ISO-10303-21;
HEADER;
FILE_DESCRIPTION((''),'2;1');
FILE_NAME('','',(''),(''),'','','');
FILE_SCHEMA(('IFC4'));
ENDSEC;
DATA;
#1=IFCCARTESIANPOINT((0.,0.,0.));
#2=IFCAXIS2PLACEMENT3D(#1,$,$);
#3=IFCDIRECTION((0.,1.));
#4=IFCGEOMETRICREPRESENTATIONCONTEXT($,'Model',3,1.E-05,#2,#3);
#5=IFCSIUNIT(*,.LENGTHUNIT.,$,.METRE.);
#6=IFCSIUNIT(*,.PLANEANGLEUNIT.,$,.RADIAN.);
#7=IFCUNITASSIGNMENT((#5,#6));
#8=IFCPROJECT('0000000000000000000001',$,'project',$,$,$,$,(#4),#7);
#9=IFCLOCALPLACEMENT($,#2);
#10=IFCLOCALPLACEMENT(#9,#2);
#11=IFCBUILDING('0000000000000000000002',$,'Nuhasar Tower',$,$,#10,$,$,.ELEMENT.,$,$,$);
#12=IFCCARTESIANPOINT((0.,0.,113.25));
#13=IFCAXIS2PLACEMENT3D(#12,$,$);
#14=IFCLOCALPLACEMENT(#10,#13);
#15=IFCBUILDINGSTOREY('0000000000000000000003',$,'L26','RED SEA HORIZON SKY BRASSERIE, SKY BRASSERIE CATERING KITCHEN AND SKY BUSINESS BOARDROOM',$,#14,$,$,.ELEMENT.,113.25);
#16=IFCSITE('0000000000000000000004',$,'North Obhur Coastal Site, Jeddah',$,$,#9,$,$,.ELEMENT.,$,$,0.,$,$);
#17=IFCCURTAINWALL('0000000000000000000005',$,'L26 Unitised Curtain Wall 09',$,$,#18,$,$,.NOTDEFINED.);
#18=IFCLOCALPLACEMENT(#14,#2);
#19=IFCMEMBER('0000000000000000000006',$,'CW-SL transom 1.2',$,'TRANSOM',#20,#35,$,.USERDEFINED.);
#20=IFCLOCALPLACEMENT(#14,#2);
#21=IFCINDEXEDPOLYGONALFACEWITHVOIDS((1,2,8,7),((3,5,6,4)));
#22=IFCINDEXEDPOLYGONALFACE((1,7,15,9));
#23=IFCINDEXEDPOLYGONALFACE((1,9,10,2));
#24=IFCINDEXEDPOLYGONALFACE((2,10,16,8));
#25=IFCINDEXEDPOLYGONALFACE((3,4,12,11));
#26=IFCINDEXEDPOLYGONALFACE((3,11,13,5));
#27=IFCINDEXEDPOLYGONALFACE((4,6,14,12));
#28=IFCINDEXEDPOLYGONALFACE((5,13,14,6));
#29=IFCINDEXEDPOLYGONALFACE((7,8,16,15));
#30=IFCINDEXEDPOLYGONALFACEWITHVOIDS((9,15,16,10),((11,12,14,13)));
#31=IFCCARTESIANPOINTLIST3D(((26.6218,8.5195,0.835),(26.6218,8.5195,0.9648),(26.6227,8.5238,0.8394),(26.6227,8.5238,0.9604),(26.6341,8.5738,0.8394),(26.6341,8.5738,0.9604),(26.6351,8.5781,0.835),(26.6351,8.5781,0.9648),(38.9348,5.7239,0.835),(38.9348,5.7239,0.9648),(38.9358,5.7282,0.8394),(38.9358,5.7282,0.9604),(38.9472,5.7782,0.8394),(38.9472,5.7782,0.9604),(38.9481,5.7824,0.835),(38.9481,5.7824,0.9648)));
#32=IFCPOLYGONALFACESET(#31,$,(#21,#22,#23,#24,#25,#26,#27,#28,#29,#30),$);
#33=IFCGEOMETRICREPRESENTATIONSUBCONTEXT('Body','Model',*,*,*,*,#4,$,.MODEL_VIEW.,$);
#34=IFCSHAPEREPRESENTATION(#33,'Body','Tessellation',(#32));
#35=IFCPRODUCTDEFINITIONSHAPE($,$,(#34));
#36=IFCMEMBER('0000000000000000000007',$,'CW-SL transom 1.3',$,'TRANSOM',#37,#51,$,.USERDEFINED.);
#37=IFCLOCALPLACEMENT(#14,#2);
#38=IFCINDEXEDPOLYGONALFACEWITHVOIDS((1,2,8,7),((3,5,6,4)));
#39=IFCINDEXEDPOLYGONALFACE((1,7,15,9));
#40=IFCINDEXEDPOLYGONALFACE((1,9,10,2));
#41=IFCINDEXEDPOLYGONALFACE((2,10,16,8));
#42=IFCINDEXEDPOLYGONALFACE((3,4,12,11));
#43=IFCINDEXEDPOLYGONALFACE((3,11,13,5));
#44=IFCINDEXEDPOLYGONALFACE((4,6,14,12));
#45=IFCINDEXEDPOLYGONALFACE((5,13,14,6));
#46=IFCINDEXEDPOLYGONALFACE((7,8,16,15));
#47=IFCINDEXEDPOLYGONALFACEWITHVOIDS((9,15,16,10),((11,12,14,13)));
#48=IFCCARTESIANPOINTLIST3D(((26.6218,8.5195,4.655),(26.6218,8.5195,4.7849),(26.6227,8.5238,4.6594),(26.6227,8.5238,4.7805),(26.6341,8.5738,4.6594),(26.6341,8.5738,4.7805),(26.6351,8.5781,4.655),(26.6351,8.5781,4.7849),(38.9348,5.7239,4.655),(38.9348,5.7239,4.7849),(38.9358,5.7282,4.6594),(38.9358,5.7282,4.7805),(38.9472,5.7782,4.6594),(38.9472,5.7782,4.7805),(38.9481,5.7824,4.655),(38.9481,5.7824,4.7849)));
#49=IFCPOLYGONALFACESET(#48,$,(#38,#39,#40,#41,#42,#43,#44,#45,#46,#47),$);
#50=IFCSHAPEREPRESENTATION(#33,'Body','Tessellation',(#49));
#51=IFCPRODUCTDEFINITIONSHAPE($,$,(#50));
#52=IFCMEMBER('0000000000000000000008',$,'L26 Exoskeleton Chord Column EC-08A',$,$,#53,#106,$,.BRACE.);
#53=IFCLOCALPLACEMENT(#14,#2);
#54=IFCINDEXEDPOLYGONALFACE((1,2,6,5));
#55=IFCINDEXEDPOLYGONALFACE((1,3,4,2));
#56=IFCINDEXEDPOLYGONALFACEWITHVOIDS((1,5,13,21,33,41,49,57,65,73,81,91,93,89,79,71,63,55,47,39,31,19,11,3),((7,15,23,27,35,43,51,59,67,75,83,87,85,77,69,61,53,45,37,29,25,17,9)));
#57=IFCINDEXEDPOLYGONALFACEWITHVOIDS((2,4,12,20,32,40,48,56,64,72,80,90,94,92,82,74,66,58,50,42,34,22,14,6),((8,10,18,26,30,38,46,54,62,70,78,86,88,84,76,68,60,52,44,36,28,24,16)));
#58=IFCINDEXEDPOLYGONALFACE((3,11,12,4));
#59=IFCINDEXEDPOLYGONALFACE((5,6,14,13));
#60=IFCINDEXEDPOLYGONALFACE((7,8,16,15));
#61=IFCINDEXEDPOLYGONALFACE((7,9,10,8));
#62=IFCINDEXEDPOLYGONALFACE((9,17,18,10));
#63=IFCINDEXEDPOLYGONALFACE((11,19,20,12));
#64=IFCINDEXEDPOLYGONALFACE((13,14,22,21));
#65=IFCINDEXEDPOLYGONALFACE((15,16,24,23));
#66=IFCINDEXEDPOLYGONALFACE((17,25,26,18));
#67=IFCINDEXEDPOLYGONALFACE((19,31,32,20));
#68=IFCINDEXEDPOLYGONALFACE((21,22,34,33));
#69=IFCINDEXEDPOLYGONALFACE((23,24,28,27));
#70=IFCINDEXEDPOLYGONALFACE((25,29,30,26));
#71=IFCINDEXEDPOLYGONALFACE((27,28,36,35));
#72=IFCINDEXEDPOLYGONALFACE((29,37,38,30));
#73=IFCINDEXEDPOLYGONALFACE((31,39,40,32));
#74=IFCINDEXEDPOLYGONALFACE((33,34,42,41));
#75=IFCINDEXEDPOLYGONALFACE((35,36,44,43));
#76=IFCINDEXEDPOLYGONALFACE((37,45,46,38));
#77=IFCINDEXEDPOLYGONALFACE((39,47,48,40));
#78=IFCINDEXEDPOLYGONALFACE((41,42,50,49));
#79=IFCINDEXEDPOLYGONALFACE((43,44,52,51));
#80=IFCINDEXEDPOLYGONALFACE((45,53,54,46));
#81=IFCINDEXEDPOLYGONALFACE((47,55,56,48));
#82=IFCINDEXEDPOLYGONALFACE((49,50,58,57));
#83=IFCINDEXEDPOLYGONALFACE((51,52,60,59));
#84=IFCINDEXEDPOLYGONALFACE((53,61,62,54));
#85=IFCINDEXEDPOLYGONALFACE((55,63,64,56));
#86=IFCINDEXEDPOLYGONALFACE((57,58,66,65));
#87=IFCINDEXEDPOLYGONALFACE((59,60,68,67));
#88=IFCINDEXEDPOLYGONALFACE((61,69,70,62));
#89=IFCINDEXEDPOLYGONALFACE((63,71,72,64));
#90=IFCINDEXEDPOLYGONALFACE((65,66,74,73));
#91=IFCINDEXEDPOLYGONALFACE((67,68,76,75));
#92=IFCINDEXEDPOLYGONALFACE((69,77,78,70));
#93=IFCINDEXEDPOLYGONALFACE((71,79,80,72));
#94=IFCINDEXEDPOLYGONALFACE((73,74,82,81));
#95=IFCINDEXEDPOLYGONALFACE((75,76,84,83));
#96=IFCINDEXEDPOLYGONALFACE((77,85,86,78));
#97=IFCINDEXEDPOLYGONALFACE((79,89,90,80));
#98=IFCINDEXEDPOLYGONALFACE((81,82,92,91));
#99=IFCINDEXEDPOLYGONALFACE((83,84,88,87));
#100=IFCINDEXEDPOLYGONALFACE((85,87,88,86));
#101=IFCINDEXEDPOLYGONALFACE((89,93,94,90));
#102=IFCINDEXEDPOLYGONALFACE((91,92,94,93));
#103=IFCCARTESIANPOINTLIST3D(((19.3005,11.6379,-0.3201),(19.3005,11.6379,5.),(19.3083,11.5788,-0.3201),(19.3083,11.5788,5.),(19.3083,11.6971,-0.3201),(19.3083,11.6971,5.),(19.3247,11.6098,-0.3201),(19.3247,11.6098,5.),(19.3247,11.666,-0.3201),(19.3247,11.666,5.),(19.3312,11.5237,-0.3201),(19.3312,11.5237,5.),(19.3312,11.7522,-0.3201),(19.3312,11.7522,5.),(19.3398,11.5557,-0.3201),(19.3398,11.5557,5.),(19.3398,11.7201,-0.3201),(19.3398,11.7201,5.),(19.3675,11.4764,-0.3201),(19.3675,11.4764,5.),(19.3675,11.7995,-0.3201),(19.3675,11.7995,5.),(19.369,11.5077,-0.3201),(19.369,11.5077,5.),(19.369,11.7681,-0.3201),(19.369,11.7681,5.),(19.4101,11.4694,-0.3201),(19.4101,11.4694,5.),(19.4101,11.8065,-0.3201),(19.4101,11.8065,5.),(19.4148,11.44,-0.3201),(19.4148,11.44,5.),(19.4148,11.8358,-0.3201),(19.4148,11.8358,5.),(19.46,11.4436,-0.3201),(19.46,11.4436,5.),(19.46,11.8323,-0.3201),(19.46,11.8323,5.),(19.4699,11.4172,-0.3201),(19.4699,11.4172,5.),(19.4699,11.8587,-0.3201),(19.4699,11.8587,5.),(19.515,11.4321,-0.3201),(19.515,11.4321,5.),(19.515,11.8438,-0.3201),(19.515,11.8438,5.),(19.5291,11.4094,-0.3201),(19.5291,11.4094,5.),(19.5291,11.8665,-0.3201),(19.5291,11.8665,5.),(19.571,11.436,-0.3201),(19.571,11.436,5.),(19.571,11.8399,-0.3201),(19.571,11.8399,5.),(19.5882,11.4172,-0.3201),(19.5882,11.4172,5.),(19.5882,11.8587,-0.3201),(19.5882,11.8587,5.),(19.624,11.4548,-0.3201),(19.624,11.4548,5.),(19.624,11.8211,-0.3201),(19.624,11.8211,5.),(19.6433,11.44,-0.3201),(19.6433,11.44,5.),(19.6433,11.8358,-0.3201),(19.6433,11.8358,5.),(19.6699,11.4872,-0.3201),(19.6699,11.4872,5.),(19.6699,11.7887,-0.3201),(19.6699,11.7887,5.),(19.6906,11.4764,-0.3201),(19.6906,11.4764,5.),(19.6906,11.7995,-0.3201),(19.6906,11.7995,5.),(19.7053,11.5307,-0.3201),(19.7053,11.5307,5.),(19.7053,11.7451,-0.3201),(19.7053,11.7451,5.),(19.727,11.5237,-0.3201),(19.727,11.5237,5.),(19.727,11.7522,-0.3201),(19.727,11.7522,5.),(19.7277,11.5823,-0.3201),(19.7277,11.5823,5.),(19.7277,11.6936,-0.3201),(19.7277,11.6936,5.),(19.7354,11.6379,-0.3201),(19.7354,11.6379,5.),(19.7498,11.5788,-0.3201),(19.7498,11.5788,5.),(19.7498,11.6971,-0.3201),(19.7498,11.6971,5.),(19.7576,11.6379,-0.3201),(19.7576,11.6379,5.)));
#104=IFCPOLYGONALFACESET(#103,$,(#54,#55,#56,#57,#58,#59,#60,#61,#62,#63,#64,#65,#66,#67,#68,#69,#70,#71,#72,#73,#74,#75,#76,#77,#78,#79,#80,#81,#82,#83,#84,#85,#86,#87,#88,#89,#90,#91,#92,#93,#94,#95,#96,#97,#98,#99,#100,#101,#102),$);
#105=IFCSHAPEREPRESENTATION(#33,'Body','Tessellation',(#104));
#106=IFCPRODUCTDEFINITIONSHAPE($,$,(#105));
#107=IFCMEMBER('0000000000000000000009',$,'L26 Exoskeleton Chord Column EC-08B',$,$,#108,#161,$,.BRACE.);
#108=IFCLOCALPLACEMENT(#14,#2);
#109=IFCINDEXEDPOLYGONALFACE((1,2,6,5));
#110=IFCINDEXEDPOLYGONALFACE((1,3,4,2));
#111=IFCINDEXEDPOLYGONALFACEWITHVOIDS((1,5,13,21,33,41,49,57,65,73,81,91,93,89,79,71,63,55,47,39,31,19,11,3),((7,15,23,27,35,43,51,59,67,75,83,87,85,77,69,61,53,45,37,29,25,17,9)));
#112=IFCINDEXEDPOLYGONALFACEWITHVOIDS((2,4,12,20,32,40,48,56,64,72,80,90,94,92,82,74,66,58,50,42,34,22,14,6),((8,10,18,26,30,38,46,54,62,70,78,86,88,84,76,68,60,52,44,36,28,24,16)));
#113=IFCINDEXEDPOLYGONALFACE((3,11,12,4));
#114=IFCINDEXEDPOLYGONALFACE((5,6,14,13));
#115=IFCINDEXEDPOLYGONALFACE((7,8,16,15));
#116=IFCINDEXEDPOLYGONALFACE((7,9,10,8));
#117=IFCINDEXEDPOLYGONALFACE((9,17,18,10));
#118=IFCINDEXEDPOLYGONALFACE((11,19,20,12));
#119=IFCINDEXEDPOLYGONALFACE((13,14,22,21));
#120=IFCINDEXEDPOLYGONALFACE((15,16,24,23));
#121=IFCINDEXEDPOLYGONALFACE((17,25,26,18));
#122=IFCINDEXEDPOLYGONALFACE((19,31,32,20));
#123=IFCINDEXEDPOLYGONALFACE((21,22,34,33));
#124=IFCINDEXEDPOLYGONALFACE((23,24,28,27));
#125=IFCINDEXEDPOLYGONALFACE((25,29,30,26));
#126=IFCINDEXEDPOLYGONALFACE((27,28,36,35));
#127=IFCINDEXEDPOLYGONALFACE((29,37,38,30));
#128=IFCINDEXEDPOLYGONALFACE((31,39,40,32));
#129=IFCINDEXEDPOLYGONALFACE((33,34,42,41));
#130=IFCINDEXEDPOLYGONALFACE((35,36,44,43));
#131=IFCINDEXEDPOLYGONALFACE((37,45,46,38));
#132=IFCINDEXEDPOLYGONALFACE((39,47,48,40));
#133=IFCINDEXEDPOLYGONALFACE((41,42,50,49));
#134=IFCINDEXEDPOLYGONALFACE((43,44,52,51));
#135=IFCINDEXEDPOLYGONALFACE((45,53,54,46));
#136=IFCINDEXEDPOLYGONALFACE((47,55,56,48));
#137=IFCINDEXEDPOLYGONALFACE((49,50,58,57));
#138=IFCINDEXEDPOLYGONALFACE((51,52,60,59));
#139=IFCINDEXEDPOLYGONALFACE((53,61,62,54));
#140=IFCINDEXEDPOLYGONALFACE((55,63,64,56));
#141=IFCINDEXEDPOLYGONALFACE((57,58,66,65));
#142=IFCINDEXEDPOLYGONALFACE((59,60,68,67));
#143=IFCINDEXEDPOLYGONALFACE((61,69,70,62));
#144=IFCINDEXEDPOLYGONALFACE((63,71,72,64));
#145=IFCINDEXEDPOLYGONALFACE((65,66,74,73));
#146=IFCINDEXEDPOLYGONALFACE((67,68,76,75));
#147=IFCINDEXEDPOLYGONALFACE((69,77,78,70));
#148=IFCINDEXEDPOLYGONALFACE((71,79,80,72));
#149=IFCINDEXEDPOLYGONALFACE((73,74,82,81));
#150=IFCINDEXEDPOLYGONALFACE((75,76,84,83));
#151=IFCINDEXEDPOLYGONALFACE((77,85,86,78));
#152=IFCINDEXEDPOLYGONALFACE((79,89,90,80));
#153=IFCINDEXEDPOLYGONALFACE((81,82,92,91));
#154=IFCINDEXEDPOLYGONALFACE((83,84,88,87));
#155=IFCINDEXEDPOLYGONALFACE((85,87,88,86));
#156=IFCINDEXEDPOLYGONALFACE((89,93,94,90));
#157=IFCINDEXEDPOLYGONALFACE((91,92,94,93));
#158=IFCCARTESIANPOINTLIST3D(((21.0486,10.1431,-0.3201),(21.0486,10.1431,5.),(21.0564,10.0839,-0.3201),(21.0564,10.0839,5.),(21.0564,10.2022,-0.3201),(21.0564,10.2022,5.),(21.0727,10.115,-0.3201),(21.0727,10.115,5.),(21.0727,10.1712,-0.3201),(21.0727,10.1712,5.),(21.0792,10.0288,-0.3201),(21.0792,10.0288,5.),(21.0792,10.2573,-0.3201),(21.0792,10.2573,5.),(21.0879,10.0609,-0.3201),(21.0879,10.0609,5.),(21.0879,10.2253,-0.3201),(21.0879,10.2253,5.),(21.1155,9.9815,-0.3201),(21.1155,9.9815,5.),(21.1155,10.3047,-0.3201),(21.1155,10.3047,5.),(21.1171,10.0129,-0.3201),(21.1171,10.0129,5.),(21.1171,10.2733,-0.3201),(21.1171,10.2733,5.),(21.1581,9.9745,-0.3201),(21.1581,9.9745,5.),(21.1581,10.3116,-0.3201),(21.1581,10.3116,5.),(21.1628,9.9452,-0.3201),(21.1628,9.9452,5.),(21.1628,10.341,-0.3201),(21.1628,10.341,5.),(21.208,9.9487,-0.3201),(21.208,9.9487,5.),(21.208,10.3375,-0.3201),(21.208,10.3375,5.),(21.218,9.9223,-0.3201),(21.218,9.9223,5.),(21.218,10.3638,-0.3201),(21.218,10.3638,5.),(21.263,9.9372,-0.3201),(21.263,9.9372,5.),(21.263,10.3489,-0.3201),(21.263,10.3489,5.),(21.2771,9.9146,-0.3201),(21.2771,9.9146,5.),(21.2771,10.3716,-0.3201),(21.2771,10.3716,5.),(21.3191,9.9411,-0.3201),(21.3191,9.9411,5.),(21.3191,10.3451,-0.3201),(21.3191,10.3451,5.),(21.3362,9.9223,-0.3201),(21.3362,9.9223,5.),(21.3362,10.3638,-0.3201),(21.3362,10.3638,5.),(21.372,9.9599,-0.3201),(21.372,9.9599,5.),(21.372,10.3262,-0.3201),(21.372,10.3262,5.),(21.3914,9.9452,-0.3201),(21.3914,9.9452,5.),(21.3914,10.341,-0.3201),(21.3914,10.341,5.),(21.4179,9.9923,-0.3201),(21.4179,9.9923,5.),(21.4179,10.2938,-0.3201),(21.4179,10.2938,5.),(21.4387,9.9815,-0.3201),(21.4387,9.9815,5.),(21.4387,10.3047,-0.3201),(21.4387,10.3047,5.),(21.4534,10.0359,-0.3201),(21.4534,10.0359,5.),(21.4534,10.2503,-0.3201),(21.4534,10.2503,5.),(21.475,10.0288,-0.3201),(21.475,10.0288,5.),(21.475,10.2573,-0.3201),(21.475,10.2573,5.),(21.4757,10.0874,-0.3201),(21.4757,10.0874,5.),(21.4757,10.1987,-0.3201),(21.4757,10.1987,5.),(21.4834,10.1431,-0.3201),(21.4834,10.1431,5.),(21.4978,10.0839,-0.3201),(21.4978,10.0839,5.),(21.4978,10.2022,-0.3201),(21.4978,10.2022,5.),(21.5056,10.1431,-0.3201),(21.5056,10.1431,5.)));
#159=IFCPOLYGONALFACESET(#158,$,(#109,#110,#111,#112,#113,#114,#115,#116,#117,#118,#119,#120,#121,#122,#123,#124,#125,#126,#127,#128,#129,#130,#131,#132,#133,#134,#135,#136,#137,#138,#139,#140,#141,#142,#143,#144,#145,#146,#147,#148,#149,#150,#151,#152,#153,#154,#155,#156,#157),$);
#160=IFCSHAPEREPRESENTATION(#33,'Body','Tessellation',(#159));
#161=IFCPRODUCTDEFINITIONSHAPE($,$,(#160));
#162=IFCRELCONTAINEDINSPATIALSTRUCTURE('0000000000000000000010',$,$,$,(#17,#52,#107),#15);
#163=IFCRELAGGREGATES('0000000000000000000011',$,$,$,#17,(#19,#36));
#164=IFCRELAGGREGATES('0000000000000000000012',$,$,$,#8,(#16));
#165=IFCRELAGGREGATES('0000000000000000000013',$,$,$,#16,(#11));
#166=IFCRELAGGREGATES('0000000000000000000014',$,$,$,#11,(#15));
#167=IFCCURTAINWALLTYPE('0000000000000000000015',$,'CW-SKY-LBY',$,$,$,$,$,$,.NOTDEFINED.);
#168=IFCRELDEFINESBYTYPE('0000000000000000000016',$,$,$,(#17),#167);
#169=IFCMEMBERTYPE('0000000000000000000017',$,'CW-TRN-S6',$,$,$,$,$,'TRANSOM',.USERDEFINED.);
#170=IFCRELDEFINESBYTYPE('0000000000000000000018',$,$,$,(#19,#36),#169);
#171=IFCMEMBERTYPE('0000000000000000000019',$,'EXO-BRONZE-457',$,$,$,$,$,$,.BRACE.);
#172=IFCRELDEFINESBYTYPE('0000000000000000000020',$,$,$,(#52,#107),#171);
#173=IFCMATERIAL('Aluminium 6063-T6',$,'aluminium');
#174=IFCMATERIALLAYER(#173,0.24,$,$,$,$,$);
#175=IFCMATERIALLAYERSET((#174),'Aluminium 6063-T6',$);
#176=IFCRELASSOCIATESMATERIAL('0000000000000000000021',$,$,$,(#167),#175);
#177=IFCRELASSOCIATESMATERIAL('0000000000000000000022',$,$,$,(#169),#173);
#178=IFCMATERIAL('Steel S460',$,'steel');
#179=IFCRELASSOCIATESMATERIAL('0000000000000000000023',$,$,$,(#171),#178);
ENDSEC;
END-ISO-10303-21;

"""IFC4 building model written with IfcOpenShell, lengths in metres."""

from ifc_helpers import new_model, si_unit, direction, frame, origin, origin_2d, place, context, subcontext, project, spatial, hollow_rectangle, hollow_circle, extrude, material, layer, layer_set, material_profile, profile_set, type_object, element, aggregate, save


model = new_model("IFC4")

# Units and contexts
model_context = context("Model", 3, precision=1e-05, world=origin(), true_north=direction((0.0, 1.0)))
body_context = subcontext(model_context, "Body", "Model", "MODEL_VIEW")
ifc_project = project(units=[si_unit("LENGTHUNIT", "METRE"), si_unit("PLANEANGLEUNIT", "RADIAN")], contexts=[model_context])

# Site, building, storey
site_placement = place(None, origin())
site = spatial("IfcSite", under=ifc_project, at=site_placement, Name="North Obhur Coastal Site, Jeddah", CompositionType="ELEMENT", RefElevation=0.0)
building_placement = place(site_placement, origin())
building = spatial("IfcBuilding", under=site, at=building_placement, Name="Nuhasar Tower", CompositionType="ELEMENT")
storey_placement = place(building_placement, frame((0.0, 0.0, 113.25)))
storey = spatial("IfcBuildingStorey", under=building, at=storey_placement, Name="L26", Description="RED SEA HORIZON SKY BRASSERIE, SKY BRASSERIE CATERING KITCHEN AND SKY BUSINESS BOARDROOM", CompositionType="ELEMENT", Elevation=113.25)

# Shared definitions
ifc_material_1 = material(Name="Steel S460", Category="steel")

# Curtain wall
ifc_material_2 = material(Name="Aluminium 6063-T6", Category="aluminium")
ifc_layer_1 = layer(ifc_material_2, 0.24)
ifc_layer_set_1 = layer_set([ifc_layer_1], Name="Aluminium 6063-T6")
curtain_wall_type = type_object("IfcCurtainWallType", Name="CW-SKY-LBY", PredefinedType="NOTDEFINED", material=ifc_layer_set_1)
curtain_wall_1_placement = place(storey_placement, origin())
curtain_wall_1 = element("IfcCurtainWall", 1, at=curtain_wall_1_placement, inside=storey, type_object=curtain_wall_type, Name="L26 Unitised Curtain Wall 09", PredefinedType="NOTDEFINED")

# Members
ifc_material_profile_1 = material_profile(ifc_material_2, hollow_rectangle(XDim=0.0601, YDim=0.1299, WallThickness=0.0044, at=origin_2d()), Name="CWT-6")
ifc_profile_set_1 = profile_set([ifc_material_profile_1], Name="Aluminium 6063-T6")
member_type_1 = type_object("IfcMemberType", Name="CW-TRN-S6", ElementType="TRANSOM", PredefinedType="USERDEFINED", material=ifc_profile_set_1)
member_1_placement = place(storey_placement, frame((26.6284, 8.5488, 0.8999), z_axis=(0.97518, -0.221414, 0.0), x_axis=(0.221414, 0.97518, 0.0)))
member_1 = element("IfcMember", 2, at=member_1_placement, type_object=member_type_1, Name="CW-SL transom 1.2", ObjectType="TRANSOM", PredefinedType="USERDEFINED", context=body_context, shape_type="SweptSolid", body=[
    extrude(hollow_rectangle(XDim=0.0601, YDim=0.1299, WallThickness=0.0044, at=origin_2d()), origin(), (0.0, 0.0, 1.0), 12.6265),
])
member_2_placement = place(storey_placement, frame((26.6284, 8.5488, 4.72), z_axis=(0.97518, -0.221414, 0.0), x_axis=(0.221414, 0.97518, 0.0)))
member_2 = element("IfcMember", 3, at=member_2_placement, type_object=member_type_1, Name="CW-SL transom 1.3", ObjectType="TRANSOM", PredefinedType="USERDEFINED", context=body_context, shape_type="SweptSolid", body=[
    extrude(hollow_rectangle(XDim=0.0601, YDim=0.1299, WallThickness=0.0044, at=origin_2d()), origin(), (0.0, 0.0, 1.0), 12.6265),
])
aggregate(curtain_wall_1, [member_1, member_2])

# Members
ifc_material_profile_2 = material_profile(ifc_material_1, hollow_circle(Radius=0.2285, WallThickness=0.0222, at=origin_2d()), Name="HSS457X22.2")
ifc_profile_set_2 = profile_set([ifc_material_profile_2], Name="Steel S460")
member_type_2 = type_object("IfcMemberType", Name="EXO-BRONZE-457", PredefinedType="BRACE", material=ifc_profile_set_2)
for number, where, z_axis, x_axis, name in (
    (4, (19.5291, 11.6379, -0.3201), (0.0, 0.0, 1.0), (1.0, 0.0, 0.0), "L26 Exoskeleton Chord Column EC-08A"),
    (5, (21.2771, 10.1431, -0.3201), (0.0, 0.0, 1.0), (1.0, 0.0, 0.0), "L26 Exoskeleton Chord Column EC-08B"),
):
    element("IfcMember", number, at=place(storey_placement, frame(where, z_axis=z_axis, x_axis=x_axis)), inside=storey, type_object=member_type_2, Name=name, PredefinedType="BRACE", context=body_context, shape_type="SweptSolid", body=[
        extrude(hollow_circle(Radius=0.2285, WallThickness=0.0222, at=origin_2d()), origin(), (0.0, 0.0, 1.0), 5.3201),
    ])

save(model, "model.ifc")
